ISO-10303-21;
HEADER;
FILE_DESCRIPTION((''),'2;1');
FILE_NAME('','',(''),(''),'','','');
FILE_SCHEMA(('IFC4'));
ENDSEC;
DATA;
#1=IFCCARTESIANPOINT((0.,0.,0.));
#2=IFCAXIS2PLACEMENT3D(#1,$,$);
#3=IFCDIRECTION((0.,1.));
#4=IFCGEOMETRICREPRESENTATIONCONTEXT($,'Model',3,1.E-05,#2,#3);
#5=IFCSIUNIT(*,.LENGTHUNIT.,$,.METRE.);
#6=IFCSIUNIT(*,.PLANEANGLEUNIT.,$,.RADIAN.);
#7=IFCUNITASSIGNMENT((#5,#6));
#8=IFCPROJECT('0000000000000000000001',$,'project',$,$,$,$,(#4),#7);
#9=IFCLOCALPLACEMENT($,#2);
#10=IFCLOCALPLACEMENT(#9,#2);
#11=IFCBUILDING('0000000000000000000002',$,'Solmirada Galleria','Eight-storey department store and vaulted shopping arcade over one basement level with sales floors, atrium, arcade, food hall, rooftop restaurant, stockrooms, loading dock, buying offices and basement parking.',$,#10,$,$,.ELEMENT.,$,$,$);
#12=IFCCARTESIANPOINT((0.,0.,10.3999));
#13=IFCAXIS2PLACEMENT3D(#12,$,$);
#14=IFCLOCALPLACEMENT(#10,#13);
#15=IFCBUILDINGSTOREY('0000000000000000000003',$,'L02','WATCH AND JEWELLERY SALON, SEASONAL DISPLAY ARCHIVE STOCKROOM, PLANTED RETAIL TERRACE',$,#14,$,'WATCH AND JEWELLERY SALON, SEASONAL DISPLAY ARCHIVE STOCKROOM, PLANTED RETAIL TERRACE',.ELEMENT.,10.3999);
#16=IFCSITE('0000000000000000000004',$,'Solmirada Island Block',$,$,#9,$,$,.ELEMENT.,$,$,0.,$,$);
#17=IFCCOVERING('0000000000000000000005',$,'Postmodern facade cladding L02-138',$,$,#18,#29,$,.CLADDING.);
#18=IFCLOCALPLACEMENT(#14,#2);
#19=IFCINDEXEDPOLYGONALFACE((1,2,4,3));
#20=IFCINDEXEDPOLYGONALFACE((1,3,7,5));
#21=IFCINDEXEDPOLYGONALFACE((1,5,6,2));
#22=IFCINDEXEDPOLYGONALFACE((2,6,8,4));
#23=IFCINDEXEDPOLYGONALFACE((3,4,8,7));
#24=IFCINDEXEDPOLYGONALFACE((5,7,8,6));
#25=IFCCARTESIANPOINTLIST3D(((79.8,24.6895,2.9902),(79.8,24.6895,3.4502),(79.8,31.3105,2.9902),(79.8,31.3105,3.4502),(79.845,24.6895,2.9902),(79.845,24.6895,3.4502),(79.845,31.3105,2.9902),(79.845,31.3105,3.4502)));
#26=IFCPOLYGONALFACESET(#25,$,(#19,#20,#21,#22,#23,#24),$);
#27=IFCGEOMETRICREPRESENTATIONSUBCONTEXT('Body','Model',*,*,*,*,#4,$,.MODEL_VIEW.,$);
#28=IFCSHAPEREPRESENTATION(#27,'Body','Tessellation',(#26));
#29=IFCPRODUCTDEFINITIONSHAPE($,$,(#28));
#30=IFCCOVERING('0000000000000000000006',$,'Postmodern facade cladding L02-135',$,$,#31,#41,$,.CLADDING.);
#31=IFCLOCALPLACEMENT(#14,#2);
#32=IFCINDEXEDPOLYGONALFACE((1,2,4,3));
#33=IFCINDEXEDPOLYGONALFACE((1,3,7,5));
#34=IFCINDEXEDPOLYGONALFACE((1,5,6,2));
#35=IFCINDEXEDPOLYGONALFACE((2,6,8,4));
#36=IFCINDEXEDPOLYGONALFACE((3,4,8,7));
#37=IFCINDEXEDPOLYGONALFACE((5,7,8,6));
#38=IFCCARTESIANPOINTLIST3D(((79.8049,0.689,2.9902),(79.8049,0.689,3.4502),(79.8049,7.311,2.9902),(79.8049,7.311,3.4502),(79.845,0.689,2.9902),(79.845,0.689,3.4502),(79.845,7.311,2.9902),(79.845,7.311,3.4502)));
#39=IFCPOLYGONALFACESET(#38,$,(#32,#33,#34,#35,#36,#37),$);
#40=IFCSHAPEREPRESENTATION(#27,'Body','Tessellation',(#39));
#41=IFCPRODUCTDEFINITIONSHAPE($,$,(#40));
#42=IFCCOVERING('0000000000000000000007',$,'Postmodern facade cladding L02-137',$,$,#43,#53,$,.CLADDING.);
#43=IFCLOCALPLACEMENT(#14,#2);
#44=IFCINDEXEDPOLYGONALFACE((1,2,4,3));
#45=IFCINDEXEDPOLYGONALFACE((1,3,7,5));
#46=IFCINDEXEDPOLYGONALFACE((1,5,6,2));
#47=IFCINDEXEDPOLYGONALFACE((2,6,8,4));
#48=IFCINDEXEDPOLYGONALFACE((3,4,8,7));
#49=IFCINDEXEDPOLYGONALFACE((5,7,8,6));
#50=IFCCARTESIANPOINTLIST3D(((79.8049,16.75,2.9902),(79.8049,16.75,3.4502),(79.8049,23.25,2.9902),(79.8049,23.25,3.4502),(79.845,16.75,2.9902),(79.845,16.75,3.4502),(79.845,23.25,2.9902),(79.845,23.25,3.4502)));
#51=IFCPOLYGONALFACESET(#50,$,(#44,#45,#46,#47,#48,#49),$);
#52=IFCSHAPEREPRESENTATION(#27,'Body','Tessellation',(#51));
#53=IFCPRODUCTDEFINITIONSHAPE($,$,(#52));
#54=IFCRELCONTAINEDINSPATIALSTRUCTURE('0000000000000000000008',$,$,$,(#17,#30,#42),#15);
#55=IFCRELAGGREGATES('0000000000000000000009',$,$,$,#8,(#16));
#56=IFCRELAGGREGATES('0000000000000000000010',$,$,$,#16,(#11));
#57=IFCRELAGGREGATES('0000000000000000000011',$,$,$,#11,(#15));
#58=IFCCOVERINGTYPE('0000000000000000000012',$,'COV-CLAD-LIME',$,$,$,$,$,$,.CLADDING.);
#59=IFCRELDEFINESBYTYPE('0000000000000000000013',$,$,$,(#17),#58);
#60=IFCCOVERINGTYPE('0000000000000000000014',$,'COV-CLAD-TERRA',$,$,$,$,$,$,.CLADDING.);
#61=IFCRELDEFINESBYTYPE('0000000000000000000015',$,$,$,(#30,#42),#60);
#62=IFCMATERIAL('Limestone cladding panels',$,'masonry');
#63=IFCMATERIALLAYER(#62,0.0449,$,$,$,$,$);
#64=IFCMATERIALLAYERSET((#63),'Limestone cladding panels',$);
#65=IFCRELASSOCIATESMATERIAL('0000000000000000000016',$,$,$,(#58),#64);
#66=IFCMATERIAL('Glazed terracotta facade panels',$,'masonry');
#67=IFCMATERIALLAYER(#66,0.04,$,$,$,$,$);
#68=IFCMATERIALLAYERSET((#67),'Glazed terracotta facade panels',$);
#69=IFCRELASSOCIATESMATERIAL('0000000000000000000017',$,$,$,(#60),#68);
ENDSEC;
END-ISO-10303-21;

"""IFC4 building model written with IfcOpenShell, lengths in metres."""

from ifc_helpers import new_model, si_unit, direction, frame, origin, origin_2d, place, context, subcontext, project, spatial, rectangle, extrude, material, layer, layer_set, type_object, element, save


model = new_model("IFC4")

# Units and contexts
model_context = context("Model", 3, precision=1e-05, world=origin(), true_north=direction((0.0, 1.0)))
body_context = subcontext(model_context, "Body", "Model", "MODEL_VIEW")
ifc_project = project(units=[si_unit("LENGTHUNIT", "METRE"), si_unit("PLANEANGLEUNIT", "RADIAN")], contexts=[model_context])

# Site, building, storey
site_placement = place(None, origin())
site = spatial("IfcSite", under=ifc_project, at=site_placement, Name="Solmirada Island Block", CompositionType="ELEMENT", RefElevation=0.0)
building_placement = place(site_placement, origin())
building = spatial("IfcBuilding", under=site, at=building_placement, Name="Solmirada Galleria", Description="Eight-storey department store and vaulted shopping arcade over one basement level with sales floors, atrium, arcade, food hall, rooftop restaurant, stockrooms, loading dock, buying offices and basement parking.", CompositionType="ELEMENT")
storey_placement = place(building_placement, frame((0.0, 0.0, 10.3999)))
storey = spatial("IfcBuildingStorey", under=building, at=storey_placement, Name="L02", Description="WATCH AND JEWELLERY SALON, SEASONAL DISPLAY ARCHIVE STOCKROOM, PLANTED RETAIL TERRACE", LongName="WATCH AND JEWELLERY SALON, SEASONAL DISPLAY ARCHIVE STOCKROOM, PLANTED RETAIL TERRACE", CompositionType="ELEMENT", Elevation=10.3999)

# Coverings
ifc_material_1 = material(Name="Limestone cladding panels", Category="masonry")
ifc_layer_1 = layer(ifc_material_1, 0.0449)
ifc_layer_set_1 = layer_set([ifc_layer_1], Name="Limestone cladding panels")
covering_type_1 = type_object("IfcCoveringType", Name="COV-CLAD-LIME", PredefinedType="CLADDING", material=ifc_layer_set_1)
covering_1_placement = place(storey_placement, frame((79.8225, 28.0, 2.9902), z_axis=(0.0, 0.0, 1.0), x_axis=(0.0, 1.0, 0.0)))
element("IfcCovering", 1, at=covering_1_placement, inside=storey, type_object=covering_type_1, Name="Postmodern facade cladding L02-138", PredefinedType="CLADDING", context=body_context, shape_type="SweptSolid", body=[
    extrude(rectangle(XDim=6.6211, YDim=0.0449, at=origin_2d()), origin(), (0.0, 0.0, 1.0), 0.46),
])
ifc_material_2 = material(Name="Glazed terracotta facade panels", Category="masonry")
ifc_layer_2 = layer(ifc_material_2, 0.04)
ifc_layer_set_2 = layer_set([ifc_layer_2], Name="Glazed terracotta facade panels")
covering_type_2 = type_object("IfcCoveringType", Name="COV-CLAD-TERRA", PredefinedType="CLADDING", material=ifc_layer_set_2)
covering_2_placement = place(storey_placement, frame((79.825, 4.0, 2.9902), z_axis=(0.0, 0.0, 1.0), x_axis=(0.0, 1.0, 0.0)))
element("IfcCovering", 2, at=covering_2_placement, inside=storey, type_object=covering_type_2, Name="Postmodern facade cladding L02-135", PredefinedType="CLADDING", context=body_context, shape_type="SweptSolid", body=[
    extrude(rectangle(XDim=6.6221, YDim=0.04, at=origin_2d()), origin(), (0.0, 0.0, 1.0), 0.46),
])
covering_3_placement = place(storey_placement, frame((79.825, 20.0, 2.9902), z_axis=(0.0, 0.0, 1.0), x_axis=(0.0, 1.0, 0.0)))
element("IfcCovering", 3, at=covering_3_placement, inside=storey, type_object=covering_type_2, Name="Postmodern facade cladding L02-137", PredefinedType="CLADDING", context=body_context, shape_type="SweptSolid", body=[
    extrude(rectangle(XDim=6.5, YDim=0.04, at=origin_2d()), origin(), (0.0, 0.0, 1.0), 0.46),
])

save(model, "model.ifc")
